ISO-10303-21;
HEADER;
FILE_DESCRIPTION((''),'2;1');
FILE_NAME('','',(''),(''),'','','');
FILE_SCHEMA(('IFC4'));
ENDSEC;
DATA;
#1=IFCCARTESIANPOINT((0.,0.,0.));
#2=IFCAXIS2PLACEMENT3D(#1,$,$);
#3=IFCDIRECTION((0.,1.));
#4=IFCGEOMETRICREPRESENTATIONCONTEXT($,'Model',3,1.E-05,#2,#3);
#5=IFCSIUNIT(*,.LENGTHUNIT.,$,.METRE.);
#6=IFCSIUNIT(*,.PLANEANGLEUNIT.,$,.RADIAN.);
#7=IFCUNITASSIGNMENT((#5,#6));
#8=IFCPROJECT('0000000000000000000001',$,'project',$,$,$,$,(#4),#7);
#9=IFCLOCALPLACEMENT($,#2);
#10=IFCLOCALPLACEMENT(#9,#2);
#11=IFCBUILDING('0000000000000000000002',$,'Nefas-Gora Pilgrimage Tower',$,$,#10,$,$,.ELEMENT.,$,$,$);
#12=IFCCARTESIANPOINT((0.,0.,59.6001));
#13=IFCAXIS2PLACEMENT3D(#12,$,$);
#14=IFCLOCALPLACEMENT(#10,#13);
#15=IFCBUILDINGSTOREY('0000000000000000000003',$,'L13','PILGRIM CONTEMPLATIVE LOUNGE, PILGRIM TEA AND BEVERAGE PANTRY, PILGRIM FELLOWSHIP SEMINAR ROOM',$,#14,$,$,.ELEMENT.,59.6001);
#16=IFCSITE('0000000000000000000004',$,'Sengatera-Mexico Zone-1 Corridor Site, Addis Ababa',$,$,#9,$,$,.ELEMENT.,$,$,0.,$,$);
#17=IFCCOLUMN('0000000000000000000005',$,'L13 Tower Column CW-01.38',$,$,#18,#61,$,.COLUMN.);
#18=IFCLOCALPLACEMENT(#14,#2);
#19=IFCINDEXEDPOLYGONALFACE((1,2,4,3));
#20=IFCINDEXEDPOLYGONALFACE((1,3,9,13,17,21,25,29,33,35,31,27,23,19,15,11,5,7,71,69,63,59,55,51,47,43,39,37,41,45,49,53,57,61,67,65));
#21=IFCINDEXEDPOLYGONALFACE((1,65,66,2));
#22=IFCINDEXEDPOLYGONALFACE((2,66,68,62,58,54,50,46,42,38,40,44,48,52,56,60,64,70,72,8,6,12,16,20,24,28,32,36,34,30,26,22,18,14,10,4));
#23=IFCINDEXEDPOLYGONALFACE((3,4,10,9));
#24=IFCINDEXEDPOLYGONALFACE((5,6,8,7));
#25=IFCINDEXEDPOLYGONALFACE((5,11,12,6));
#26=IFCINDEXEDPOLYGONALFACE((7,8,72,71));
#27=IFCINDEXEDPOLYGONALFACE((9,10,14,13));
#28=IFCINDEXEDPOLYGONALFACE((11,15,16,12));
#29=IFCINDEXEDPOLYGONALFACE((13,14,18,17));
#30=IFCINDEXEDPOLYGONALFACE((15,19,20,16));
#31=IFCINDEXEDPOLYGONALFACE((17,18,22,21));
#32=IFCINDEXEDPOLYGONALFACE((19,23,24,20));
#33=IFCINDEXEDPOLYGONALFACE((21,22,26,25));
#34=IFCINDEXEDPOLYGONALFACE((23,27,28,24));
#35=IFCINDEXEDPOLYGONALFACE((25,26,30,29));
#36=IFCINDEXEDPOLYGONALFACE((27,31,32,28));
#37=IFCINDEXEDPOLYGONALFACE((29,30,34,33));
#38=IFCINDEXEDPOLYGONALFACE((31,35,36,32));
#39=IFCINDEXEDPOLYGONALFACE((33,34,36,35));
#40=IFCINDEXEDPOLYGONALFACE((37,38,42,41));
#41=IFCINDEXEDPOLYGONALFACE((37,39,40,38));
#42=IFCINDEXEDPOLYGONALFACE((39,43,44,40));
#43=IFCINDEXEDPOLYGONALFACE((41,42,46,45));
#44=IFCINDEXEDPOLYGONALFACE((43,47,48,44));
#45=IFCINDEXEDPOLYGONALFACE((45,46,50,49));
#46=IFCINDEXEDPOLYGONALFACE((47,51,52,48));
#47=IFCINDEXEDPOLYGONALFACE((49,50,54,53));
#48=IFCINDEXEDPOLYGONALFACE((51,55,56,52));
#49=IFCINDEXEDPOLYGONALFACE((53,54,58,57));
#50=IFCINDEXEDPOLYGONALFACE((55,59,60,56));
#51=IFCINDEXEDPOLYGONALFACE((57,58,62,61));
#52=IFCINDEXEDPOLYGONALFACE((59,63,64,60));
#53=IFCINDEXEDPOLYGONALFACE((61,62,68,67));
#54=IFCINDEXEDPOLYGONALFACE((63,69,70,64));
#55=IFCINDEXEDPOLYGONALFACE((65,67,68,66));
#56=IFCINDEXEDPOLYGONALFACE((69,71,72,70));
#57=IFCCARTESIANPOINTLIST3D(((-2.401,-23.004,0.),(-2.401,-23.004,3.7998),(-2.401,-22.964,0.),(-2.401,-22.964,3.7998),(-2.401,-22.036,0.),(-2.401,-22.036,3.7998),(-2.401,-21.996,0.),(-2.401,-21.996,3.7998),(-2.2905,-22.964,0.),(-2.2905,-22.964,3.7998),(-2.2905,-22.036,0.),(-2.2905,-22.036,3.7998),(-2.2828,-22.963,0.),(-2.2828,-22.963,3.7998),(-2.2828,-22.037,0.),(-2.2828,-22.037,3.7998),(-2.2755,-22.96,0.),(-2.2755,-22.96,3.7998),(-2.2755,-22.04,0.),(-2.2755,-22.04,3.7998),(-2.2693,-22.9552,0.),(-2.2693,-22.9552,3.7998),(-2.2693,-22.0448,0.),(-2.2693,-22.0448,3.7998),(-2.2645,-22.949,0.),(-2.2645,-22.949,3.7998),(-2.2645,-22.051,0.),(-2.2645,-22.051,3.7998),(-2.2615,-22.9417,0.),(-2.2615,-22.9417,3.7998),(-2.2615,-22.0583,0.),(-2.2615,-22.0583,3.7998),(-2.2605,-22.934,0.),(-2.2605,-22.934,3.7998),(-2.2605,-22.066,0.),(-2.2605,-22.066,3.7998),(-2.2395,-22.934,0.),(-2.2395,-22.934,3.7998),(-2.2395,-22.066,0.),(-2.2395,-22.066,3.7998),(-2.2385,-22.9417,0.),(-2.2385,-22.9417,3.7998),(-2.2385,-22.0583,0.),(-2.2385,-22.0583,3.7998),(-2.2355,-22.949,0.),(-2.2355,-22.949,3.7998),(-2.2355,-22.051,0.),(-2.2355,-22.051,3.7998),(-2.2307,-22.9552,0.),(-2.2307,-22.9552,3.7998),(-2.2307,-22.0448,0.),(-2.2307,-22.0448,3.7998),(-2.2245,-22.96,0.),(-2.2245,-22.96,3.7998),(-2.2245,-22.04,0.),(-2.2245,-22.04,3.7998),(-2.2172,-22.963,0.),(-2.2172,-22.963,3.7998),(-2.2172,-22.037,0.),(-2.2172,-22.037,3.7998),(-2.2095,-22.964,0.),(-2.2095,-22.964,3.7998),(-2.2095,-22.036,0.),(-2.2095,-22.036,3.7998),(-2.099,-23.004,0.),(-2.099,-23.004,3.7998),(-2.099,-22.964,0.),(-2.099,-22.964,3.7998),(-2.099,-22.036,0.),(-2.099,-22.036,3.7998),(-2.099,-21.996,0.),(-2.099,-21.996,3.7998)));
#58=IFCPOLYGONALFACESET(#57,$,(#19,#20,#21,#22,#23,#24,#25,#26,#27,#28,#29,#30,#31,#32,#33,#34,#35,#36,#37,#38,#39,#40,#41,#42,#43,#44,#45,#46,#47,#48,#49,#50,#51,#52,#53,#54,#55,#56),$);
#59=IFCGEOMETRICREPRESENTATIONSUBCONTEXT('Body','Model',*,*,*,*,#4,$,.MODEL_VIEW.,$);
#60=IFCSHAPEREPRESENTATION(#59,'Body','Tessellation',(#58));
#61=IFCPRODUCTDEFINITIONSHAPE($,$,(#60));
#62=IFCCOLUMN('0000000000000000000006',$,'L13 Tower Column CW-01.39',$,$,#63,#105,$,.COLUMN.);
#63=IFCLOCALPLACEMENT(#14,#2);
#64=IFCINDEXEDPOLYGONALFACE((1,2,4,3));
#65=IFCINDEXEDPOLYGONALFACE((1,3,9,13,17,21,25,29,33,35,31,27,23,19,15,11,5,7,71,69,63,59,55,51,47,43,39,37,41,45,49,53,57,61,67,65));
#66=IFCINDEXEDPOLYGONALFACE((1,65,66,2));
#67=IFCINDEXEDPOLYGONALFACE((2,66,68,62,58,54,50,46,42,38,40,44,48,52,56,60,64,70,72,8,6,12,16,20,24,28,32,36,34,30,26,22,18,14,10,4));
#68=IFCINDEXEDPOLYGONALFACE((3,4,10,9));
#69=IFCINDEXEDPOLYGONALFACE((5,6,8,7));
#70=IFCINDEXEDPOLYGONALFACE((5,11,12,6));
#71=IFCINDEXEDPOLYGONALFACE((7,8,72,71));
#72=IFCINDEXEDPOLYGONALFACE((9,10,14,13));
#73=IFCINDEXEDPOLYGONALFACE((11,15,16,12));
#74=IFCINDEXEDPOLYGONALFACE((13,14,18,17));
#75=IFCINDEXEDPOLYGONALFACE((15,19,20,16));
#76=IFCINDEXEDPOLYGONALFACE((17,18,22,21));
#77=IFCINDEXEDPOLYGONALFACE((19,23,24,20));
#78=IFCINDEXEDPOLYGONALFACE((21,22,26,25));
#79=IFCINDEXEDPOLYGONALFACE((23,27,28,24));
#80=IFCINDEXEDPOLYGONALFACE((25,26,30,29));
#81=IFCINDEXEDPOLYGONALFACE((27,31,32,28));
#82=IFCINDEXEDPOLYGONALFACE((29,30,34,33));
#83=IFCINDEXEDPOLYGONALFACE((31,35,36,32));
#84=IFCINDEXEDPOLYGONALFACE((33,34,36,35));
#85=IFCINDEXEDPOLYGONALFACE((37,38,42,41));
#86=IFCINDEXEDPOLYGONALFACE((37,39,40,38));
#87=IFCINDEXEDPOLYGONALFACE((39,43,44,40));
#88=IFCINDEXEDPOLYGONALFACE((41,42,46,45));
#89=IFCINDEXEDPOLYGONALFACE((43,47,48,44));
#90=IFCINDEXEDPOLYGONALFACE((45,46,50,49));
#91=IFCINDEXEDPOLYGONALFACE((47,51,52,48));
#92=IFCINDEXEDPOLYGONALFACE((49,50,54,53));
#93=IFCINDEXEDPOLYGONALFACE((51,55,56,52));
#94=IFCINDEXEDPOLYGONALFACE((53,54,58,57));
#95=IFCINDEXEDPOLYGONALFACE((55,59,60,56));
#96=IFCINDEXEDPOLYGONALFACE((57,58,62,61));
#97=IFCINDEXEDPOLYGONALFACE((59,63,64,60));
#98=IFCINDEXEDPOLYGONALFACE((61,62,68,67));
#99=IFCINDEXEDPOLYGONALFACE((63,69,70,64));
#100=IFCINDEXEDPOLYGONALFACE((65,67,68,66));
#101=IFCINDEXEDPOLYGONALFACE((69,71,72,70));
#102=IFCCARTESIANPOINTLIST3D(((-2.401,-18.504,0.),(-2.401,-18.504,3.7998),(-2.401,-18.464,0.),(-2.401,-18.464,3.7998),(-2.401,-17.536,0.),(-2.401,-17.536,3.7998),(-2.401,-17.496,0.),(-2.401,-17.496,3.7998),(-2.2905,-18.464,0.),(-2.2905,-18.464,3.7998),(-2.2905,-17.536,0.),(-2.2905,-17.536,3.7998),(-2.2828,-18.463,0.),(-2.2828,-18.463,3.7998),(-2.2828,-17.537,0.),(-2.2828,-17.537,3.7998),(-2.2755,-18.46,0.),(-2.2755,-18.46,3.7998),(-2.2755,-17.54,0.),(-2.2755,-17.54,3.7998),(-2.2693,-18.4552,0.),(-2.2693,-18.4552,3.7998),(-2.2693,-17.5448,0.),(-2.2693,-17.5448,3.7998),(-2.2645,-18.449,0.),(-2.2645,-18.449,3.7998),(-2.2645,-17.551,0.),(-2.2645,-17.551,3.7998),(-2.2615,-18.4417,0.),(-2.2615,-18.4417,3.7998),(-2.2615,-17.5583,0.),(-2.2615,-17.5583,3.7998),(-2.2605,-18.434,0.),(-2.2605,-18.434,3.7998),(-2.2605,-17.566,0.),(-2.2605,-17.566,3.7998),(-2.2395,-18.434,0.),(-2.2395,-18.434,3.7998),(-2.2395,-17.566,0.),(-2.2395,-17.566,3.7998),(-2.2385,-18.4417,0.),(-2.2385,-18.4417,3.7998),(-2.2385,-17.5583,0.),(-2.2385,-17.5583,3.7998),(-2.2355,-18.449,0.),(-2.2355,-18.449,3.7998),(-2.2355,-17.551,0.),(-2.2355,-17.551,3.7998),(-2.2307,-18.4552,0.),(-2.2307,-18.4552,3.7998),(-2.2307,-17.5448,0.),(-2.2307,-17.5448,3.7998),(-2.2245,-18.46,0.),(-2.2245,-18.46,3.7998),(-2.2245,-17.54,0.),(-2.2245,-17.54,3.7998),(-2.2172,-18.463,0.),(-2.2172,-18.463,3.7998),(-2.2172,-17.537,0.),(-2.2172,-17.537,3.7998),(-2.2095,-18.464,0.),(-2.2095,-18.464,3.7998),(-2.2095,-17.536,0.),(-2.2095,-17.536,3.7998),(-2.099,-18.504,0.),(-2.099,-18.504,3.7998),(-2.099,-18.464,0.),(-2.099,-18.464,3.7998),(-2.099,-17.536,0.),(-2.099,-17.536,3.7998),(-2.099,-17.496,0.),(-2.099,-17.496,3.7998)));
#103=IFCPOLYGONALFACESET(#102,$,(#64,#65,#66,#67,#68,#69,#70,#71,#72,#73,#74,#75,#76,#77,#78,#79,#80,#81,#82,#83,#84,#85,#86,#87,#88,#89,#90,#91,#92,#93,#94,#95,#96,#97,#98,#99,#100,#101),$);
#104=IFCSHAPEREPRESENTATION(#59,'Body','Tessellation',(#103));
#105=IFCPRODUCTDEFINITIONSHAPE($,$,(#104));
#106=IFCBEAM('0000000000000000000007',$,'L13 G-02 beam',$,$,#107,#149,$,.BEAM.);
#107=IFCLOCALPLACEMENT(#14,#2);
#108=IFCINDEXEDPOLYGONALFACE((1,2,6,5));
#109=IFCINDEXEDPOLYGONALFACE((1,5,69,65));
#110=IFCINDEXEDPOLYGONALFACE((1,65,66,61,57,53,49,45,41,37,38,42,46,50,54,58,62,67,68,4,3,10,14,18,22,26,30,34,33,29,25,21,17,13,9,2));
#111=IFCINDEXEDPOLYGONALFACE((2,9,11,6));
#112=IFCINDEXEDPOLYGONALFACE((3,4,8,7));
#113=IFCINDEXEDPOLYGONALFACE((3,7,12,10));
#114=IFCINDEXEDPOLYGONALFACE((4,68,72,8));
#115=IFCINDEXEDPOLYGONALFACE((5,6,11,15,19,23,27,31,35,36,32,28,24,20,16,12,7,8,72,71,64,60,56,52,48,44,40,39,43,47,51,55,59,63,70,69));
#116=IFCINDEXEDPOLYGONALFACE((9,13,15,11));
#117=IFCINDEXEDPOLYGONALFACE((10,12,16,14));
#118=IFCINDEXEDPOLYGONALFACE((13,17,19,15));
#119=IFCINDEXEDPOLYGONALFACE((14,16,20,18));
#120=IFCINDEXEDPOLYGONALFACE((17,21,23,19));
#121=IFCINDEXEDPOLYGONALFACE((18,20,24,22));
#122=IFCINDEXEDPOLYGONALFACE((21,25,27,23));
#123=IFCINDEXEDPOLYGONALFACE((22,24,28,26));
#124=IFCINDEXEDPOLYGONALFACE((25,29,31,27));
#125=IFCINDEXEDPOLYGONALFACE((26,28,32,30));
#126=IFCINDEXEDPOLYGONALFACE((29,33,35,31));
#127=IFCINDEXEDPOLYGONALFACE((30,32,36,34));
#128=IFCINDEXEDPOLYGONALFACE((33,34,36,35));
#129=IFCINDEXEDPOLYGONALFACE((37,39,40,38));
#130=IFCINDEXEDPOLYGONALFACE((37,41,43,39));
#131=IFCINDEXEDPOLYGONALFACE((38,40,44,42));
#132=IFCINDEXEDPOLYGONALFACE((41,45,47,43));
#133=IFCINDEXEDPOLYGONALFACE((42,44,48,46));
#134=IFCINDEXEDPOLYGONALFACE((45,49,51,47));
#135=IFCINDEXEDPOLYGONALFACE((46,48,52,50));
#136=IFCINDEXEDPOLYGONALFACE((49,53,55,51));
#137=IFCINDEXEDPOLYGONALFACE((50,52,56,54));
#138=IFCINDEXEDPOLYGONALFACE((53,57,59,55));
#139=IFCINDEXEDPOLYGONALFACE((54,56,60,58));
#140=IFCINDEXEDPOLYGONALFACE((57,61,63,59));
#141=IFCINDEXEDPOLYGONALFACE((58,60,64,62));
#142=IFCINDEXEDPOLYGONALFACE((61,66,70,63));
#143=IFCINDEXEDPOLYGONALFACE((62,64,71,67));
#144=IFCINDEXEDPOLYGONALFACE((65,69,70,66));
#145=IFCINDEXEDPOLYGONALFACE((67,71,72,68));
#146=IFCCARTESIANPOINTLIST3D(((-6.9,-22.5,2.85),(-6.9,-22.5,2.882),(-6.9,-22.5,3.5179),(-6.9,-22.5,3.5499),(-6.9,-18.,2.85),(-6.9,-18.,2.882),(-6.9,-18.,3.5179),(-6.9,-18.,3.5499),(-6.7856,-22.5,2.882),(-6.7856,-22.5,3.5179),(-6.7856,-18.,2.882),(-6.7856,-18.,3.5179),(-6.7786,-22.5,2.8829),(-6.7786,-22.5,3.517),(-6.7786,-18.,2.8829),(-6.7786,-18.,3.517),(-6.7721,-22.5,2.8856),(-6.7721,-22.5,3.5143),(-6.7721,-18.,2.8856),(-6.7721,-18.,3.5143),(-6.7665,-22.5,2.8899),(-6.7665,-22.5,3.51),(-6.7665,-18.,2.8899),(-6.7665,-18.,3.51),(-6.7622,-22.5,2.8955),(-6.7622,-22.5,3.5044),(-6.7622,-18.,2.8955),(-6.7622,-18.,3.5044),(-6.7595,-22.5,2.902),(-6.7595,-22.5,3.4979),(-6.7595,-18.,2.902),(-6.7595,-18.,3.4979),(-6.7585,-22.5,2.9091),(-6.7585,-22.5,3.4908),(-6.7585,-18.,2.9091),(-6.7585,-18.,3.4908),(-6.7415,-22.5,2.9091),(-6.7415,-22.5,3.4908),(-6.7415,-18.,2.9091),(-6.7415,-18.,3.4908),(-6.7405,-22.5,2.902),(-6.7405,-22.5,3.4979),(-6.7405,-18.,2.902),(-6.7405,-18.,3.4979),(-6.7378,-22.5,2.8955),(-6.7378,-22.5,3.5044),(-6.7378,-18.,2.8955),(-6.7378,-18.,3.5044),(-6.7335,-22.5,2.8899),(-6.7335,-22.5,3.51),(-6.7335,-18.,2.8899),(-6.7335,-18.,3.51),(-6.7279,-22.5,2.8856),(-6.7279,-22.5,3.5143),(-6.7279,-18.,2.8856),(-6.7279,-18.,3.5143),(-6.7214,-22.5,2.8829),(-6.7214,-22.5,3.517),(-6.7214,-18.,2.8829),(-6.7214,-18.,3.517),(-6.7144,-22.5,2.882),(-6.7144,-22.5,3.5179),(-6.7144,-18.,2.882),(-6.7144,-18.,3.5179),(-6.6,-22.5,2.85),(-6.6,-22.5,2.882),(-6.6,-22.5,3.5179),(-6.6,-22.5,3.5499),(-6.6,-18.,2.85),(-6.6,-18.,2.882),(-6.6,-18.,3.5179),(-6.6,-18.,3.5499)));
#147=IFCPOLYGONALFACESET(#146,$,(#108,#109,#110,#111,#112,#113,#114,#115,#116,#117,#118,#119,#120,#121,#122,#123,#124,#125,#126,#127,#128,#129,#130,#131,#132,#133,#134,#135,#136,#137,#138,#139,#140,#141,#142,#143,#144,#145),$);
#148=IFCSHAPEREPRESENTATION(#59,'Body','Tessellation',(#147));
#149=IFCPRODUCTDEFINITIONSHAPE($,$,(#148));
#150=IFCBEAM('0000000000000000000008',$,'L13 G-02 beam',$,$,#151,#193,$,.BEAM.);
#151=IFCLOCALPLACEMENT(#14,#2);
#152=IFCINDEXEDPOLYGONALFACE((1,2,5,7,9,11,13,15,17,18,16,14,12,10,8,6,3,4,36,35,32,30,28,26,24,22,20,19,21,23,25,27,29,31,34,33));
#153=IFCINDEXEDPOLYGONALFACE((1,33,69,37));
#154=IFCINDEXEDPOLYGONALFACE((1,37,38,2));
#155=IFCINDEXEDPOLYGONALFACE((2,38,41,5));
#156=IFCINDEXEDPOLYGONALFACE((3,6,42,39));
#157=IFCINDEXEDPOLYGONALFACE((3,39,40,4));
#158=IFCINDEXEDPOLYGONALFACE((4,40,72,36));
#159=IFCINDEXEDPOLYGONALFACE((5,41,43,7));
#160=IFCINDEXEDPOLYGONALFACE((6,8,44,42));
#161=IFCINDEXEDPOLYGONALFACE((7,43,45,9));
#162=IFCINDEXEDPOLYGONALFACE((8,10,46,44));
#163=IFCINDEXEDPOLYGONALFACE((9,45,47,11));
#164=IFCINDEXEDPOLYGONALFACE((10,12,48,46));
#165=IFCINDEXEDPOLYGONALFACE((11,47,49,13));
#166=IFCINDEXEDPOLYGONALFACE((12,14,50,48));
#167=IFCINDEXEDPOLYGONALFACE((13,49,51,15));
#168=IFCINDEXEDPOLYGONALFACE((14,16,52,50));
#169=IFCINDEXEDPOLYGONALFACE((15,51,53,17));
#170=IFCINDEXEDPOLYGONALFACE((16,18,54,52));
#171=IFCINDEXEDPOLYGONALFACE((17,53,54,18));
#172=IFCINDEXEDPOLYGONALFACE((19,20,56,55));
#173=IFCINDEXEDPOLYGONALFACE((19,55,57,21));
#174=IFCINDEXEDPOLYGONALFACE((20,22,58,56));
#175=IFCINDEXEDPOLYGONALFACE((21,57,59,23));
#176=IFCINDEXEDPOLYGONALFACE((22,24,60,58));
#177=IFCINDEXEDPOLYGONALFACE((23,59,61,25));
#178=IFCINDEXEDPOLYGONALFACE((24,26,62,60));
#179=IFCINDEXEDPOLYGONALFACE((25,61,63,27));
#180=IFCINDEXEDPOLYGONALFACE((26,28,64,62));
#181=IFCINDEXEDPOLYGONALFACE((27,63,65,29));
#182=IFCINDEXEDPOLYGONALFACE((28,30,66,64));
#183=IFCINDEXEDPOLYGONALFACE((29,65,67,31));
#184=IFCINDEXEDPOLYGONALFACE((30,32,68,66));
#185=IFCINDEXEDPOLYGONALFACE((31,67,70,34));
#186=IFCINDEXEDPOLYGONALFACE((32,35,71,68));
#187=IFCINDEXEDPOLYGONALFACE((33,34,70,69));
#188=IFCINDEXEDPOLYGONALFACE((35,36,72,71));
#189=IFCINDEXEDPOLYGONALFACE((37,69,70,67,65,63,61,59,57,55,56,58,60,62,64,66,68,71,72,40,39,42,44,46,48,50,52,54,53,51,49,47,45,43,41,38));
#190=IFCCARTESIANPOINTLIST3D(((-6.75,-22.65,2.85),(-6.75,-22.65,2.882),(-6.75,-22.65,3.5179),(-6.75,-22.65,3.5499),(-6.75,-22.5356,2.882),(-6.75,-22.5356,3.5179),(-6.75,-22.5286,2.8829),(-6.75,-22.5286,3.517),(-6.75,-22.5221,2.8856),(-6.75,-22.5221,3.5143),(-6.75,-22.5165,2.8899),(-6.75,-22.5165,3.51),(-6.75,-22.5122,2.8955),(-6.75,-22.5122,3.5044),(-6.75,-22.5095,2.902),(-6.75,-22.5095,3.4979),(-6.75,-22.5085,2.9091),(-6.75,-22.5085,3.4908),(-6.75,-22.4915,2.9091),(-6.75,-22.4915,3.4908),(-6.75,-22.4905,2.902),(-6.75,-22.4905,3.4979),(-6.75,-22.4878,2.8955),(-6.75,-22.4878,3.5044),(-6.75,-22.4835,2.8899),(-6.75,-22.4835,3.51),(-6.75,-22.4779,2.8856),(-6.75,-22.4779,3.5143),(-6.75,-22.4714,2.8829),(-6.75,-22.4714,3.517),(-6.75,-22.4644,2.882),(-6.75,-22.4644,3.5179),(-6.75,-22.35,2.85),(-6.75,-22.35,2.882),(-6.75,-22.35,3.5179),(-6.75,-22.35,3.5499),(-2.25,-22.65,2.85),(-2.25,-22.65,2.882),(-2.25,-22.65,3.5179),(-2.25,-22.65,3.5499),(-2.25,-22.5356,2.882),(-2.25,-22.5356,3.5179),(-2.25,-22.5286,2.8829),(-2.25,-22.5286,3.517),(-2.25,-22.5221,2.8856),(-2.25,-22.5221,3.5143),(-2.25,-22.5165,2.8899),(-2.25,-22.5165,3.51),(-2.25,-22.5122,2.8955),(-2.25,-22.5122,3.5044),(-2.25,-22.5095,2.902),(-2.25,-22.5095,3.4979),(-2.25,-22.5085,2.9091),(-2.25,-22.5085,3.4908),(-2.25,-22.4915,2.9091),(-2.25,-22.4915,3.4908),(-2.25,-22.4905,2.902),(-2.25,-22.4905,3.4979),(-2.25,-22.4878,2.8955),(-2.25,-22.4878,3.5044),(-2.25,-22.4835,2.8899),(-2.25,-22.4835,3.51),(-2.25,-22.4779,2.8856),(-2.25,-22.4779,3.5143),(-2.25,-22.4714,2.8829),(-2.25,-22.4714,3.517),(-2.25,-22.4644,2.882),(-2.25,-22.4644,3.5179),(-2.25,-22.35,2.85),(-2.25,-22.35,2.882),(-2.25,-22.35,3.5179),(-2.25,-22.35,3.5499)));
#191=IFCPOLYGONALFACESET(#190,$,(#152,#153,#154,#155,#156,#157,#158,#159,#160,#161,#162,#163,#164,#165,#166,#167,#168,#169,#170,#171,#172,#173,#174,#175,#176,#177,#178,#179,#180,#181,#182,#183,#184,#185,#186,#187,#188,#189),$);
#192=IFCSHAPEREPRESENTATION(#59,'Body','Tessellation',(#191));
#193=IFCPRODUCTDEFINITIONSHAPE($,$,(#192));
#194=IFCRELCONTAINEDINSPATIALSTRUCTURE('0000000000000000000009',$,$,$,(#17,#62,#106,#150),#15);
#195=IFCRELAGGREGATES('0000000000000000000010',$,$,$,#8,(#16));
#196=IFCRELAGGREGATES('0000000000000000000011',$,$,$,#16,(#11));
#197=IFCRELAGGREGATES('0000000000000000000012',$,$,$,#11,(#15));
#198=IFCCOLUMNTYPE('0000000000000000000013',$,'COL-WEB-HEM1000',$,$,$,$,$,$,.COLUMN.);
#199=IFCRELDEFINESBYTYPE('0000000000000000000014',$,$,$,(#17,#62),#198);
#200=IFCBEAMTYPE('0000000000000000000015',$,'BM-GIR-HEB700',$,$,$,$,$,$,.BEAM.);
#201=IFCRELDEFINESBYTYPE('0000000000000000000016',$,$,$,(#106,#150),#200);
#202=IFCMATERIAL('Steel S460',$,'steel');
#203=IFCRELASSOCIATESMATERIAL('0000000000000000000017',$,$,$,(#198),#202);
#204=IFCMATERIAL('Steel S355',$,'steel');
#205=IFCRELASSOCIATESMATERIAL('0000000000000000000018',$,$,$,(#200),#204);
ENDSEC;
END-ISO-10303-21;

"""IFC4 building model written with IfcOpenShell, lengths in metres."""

from ifc_helpers import new_model, si_unit, direction, frame, origin, origin_2d, place, context, subcontext, project, spatial, i_section, extrude, source, transform, mapped, material, material_profile, profile_set, type_object, element, save


model = new_model("IFC4")

# Units and contexts
model_context = context("Model", 3, precision=1e-05, world=origin(), true_north=direction((0.0, 1.0)))
body_context = subcontext(model_context, "Body", "Model", "MODEL_VIEW")
ifc_project = project(units=[si_unit("LENGTHUNIT", "METRE"), si_unit("PLANEANGLEUNIT", "RADIAN")], contexts=[model_context])

# Site, building, storey
site_placement = place(None, origin())
site = spatial("IfcSite", under=ifc_project, at=site_placement, Name="Sengatera-Mexico Zone-1 Corridor Site, Addis Ababa", CompositionType="ELEMENT", RefElevation=0.0)
building_placement = place(site_placement, origin())
building = spatial("IfcBuilding", under=site, at=building_placement, Name="Nefas-Gora Pilgrimage Tower", CompositionType="ELEMENT")
storey_placement = place(building_placement, frame((0.0, 0.0, 59.6001)))
storey = spatial("IfcBuildingStorey", under=building, at=storey_placement, Name="L13", Description="PILGRIM CONTEMPLATIVE LOUNGE, PILGRIM TEA AND BEVERAGE PANTRY, PILGRIM FELLOWSHIP SEMINAR ROOM", CompositionType="ELEMENT", Elevation=59.6001)

# Columns
ifc_material_1 = material(Name="Steel S460", Category="steel")
ifc_material_profile_1 = material_profile(ifc_material_1, i_section(OverallWidth=0.302, OverallDepth=1.0081, WebThickness=0.021, FlangeThickness=0.04, FilletRadius=0.03, at=origin_2d()), Name="HEM 1000")
ifc_profile_set_1 = profile_set([ifc_material_profile_1], Name="Steel S460")
column_type_1 = type_object("IfcColumnType", Name="COL-WEB-HEM1000", PredefinedType="COLUMN", material=ifc_profile_set_1)
shared_shape_1 = source(origin(), body_context, "Body", "SweptSolid", [
    extrude(i_section(OverallWidth=0.302, OverallDepth=1.0081, WebThickness=0.021, FlangeThickness=0.04, FilletRadius=0.03, at=origin_2d()), origin(), (0.0, 0.0, 1.0), 3.7998),
])
for number, where, z_axis, x_axis, name in (
    (1, (-2.25, -22.5, 0.0), (0.0, 0.0, 1.0), (1.0, 0.0, 0.0), "L13 Tower Column CW-01.38"),
    (2, (-2.25, -18.0, 0.0), (0.0, 0.0, 1.0), (1.0, 0.0, 0.0), "L13 Tower Column CW-01.39"),
):
    element("IfcColumn", number, at=place(storey_placement, frame(where, z_axis=z_axis, x_axis=x_axis)), inside=storey, type_object=column_type_1, Name=name, PredefinedType="COLUMN", context=body_context, shape_type="MappedRepresentation", body=[
        mapped(shared_shape_1, transform((0.0, 0.0, 0.0), x_axis=(1.0, 0.0, 0.0), y_axis=(0.0, 1.0, 0.0), z_axis=(0.0, 0.0, 1.0), scale=1.0)),
    ])

# Beams
ifc_material_2 = material(Name="Steel S355", Category="steel")
ifc_material_profile_2 = material_profile(ifc_material_2, i_section(OverallWidth=0.3, OverallDepth=0.7, WebThickness=0.0171, FlangeThickness=0.032, FilletRadius=0.0271, at=origin_2d()), Name="HEB 700")
ifc_profile_set_2 = profile_set([ifc_material_profile_2], Name="Steel S355")
beam_type = type_object("IfcBeamType", Name="BM-GIR-HEB700", PredefinedType="BEAM", material=ifc_profile_set_2)
shared_shape_2 = source(origin(), body_context, "Body", "SweptSolid", [
    extrude(i_section(OverallWidth=0.3, OverallDepth=0.7, WebThickness=0.0171, FlangeThickness=0.032, FilletRadius=0.0271, at=origin_2d()), origin(), (0.0, 0.0, 1.0), 4.5),
])
for number, where, z_axis, x_axis, name in (
    (3, (-6.75, -22.5, 3.2), (0.0, 1.0, 0.0), (-1.0, 0.0, 0.0), "L13 G-02 beam"),
    (4, (-6.75, -22.5, 3.2), (1.0, 0.0, 0.0), (0.0, 1.0, 0.0), "L13 G-02 beam"),
):
    element("IfcBeam", number, at=place(storey_placement, frame(where, z_axis=z_axis, x_axis=x_axis)), inside=storey, type_object=beam_type, Name=name, PredefinedType="BEAM", context=body_context, shape_type="MappedRepresentation", body=[
        mapped(shared_shape_2, transform((0.0, 0.0, 0.0), x_axis=(1.0, 0.0, 0.0), y_axis=(0.0, 1.0, 0.0), z_axis=(0.0, 0.0, 1.0), scale=1.0)),
    ])

save(model, "model.ifc")
